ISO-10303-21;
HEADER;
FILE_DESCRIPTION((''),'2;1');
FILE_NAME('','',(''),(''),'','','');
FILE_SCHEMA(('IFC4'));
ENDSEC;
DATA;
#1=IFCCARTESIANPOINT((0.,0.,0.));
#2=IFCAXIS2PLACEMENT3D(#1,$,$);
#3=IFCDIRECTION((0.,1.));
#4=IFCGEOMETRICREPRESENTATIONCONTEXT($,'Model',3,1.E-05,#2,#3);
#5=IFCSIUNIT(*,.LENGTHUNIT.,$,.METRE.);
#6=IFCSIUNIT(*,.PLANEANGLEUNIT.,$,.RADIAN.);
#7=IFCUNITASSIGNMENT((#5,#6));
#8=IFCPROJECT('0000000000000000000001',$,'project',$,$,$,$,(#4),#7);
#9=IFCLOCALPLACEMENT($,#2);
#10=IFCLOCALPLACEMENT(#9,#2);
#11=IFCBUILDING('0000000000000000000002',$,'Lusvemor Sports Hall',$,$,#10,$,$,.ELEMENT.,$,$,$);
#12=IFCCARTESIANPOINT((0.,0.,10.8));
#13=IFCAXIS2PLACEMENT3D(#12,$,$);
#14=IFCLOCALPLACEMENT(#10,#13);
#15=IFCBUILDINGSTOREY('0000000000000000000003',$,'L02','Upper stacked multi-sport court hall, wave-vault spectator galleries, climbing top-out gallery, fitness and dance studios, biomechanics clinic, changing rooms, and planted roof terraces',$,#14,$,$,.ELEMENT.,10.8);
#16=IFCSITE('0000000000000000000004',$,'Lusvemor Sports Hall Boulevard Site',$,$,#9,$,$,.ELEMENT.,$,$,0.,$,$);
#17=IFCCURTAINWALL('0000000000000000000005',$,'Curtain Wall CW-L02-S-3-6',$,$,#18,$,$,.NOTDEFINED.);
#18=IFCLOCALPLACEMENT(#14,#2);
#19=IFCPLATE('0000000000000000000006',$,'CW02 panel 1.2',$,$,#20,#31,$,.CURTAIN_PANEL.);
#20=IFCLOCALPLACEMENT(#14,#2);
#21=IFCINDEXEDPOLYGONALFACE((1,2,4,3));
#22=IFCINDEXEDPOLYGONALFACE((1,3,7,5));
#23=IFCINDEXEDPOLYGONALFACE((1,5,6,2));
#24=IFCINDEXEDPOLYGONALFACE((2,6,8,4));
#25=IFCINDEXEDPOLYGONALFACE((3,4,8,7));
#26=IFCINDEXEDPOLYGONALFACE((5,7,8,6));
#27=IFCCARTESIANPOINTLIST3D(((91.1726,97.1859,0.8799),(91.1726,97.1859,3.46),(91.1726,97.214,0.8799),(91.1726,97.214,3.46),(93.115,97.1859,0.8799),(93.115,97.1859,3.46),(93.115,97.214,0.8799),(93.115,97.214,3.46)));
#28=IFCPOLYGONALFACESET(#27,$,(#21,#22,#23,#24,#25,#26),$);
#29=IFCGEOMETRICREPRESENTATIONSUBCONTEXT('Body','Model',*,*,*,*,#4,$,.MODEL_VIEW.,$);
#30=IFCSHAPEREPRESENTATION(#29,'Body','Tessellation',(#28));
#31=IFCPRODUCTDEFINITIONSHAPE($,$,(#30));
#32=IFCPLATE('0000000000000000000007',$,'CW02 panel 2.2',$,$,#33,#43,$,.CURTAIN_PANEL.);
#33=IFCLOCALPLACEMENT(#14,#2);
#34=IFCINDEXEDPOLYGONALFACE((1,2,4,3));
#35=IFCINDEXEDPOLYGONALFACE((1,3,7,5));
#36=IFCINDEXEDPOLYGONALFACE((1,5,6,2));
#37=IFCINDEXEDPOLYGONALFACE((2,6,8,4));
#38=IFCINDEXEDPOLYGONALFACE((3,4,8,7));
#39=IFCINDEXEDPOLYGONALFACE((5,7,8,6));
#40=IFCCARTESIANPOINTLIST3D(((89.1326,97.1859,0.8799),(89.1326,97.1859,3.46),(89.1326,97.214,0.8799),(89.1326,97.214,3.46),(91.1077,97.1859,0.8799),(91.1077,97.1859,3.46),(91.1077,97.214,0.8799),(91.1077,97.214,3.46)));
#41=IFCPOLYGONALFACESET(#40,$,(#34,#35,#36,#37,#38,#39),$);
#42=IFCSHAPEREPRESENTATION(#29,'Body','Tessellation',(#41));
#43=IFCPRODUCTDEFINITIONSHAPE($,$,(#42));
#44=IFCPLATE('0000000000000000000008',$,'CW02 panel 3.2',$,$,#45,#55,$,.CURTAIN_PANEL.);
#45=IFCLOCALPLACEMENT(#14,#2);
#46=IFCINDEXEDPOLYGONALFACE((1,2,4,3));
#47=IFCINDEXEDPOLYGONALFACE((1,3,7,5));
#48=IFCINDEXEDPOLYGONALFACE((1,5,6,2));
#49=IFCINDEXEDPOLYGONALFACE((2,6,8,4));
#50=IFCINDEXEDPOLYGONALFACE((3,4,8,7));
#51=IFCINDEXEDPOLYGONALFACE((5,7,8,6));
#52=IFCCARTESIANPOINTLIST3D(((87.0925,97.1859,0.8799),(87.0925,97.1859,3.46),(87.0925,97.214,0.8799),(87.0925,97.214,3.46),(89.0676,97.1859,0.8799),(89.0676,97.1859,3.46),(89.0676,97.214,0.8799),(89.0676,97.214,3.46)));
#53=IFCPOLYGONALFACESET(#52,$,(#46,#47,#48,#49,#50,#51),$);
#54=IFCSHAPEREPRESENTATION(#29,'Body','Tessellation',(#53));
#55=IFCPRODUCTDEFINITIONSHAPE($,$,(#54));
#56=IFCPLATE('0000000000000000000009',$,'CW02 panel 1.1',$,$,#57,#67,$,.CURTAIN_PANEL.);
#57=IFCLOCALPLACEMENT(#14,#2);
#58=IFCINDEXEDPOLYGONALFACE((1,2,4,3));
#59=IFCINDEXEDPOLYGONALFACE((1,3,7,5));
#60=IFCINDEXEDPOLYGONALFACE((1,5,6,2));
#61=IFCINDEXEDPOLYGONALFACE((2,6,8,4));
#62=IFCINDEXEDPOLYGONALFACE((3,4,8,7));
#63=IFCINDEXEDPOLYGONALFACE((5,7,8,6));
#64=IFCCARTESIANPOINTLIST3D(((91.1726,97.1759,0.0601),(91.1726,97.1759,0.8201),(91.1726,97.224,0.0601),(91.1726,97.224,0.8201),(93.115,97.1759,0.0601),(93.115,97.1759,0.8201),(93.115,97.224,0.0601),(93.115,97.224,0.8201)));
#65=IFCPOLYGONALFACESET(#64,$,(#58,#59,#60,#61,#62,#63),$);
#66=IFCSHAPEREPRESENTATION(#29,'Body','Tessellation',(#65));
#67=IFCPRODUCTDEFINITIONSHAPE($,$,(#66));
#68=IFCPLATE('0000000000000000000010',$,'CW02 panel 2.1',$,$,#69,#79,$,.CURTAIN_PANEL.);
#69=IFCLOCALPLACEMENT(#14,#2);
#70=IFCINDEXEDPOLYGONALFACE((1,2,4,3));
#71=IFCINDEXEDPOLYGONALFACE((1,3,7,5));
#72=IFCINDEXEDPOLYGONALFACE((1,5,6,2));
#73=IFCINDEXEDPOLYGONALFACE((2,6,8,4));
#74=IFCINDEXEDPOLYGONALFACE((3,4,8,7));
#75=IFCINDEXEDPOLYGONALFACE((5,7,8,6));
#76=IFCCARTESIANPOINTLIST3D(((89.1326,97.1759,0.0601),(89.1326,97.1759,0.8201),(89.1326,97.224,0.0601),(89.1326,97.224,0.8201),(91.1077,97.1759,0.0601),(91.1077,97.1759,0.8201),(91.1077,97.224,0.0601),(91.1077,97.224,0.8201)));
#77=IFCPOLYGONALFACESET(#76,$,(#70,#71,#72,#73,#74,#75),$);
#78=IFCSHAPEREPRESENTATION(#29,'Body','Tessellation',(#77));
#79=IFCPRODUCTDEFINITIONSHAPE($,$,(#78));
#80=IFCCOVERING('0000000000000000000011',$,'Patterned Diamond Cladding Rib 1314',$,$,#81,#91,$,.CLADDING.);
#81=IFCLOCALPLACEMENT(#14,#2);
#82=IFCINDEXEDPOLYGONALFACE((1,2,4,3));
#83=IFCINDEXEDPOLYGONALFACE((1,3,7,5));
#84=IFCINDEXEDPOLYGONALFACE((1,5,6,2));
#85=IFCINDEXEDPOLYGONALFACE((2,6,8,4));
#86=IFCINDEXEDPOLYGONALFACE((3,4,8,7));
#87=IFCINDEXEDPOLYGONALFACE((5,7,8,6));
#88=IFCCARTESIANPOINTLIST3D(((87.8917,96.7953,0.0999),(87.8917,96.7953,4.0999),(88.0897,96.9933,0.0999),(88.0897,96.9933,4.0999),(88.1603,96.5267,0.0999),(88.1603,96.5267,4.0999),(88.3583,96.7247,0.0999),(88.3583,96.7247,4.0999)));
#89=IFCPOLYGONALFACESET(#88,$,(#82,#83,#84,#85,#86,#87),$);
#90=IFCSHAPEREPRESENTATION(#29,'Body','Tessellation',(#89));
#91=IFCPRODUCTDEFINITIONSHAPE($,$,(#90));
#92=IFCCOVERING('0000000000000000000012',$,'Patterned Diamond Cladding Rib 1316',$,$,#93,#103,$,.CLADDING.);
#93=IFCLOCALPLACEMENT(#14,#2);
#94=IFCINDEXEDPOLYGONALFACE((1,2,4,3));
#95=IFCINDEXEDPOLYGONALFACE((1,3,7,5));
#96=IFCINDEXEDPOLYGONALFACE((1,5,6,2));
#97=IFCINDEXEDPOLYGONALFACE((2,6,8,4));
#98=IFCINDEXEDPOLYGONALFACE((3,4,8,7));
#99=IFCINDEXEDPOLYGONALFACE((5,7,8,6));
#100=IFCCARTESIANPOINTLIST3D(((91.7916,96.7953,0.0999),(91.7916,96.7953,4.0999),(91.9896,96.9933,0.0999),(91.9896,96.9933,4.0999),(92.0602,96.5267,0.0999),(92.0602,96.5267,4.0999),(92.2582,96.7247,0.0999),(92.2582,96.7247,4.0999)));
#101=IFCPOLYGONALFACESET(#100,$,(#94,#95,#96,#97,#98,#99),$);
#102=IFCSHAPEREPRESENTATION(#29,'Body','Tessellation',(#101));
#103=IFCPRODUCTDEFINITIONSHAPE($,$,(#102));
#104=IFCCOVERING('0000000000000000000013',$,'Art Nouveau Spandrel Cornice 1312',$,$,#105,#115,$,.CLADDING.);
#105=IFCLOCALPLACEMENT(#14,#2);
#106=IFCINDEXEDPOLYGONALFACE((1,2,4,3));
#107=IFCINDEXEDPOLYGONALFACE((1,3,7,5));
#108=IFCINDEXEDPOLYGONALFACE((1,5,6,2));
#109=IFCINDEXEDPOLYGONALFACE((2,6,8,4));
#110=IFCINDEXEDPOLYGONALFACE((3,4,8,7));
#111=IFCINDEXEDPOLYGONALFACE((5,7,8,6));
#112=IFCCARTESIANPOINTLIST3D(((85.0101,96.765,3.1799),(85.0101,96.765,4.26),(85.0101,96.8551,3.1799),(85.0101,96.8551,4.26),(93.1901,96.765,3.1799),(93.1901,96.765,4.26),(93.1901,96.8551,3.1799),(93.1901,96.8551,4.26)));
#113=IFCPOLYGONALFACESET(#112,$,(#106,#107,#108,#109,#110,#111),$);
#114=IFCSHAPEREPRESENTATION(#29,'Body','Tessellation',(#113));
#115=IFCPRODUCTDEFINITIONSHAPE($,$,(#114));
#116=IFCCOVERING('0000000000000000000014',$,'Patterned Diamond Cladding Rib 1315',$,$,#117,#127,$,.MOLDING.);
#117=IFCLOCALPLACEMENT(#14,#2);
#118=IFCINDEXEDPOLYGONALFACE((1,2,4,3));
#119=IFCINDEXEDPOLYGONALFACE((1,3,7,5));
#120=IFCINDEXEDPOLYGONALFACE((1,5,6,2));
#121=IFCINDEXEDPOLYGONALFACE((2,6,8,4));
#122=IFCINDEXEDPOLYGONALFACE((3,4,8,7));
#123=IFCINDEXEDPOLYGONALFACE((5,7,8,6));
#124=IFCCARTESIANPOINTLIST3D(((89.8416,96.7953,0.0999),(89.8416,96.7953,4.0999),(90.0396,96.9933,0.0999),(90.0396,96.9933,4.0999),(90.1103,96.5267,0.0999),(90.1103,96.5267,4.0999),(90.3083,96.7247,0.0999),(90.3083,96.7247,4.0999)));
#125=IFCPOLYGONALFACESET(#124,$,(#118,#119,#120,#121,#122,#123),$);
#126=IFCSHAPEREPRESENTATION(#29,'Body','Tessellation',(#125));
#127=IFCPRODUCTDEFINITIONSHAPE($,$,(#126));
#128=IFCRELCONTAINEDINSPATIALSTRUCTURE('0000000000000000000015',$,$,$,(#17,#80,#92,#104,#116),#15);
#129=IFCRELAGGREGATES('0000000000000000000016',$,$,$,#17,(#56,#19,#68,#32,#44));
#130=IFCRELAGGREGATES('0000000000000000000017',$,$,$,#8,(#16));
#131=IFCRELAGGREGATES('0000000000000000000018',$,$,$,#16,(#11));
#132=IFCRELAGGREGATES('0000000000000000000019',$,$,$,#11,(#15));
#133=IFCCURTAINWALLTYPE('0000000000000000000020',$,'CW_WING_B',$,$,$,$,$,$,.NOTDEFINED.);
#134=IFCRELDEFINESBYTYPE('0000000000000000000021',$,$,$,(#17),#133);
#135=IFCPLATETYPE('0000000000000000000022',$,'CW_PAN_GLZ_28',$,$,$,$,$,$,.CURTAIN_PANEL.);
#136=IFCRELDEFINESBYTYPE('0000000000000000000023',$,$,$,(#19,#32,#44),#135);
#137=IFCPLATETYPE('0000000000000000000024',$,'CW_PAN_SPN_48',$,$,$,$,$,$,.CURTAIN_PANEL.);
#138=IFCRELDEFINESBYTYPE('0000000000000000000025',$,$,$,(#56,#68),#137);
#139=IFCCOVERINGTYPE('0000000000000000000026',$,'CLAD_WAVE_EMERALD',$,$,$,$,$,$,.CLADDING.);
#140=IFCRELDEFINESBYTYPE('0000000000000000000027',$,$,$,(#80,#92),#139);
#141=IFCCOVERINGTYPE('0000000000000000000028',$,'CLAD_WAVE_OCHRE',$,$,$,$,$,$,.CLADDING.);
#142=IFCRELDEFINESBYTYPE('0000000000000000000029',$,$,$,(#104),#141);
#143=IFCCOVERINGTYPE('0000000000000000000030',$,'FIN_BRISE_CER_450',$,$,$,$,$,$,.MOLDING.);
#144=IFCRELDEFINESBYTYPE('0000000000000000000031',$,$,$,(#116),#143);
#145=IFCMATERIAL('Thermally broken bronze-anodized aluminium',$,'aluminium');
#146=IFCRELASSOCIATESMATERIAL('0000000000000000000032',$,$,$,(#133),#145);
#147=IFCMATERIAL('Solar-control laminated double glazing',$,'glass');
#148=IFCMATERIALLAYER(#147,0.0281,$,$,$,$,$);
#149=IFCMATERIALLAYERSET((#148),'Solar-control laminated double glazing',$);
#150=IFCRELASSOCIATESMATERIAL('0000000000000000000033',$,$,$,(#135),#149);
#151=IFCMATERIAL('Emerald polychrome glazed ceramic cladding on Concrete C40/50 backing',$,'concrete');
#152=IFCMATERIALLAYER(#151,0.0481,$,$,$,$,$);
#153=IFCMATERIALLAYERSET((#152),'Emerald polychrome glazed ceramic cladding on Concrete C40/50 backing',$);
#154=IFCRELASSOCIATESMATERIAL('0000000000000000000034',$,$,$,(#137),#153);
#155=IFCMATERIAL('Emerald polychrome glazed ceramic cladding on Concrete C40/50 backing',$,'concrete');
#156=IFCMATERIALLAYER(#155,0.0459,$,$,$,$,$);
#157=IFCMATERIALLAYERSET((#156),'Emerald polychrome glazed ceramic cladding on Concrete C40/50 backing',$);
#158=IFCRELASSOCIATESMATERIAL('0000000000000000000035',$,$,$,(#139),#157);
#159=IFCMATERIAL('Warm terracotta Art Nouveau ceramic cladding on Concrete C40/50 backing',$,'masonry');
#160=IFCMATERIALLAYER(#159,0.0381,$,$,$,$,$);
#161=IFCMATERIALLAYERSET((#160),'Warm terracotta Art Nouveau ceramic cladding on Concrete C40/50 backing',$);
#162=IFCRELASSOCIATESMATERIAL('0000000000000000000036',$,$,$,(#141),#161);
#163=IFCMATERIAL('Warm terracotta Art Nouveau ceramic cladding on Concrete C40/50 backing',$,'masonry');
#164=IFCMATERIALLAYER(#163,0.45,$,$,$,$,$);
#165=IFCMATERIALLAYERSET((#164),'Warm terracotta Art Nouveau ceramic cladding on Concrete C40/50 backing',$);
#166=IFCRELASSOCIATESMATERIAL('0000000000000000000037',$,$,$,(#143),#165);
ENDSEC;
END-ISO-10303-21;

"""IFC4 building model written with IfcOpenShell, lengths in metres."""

from ifc_helpers import new_model, si_unit, direction, frame, origin, origin_2d, place, context, subcontext, project, spatial, rectangle, extrude, material, layer, layer_set, type_object, element, aggregate, save


model = new_model("IFC4")

# Units and contexts
model_context = context("Model", 3, precision=1e-05, world=origin(), true_north=direction((0.0, 1.0)))
body_context = subcontext(model_context, "Body", "Model", "MODEL_VIEW")
ifc_project = project(units=[si_unit("LENGTHUNIT", "METRE"), si_unit("PLANEANGLEUNIT", "RADIAN")], contexts=[model_context])

# Site, building, storey
site_placement = place(None, origin())
site = spatial("IfcSite", under=ifc_project, at=site_placement, Name="Lusvemor Sports Hall Boulevard Site", CompositionType="ELEMENT", RefElevation=0.0)
building_placement = place(site_placement, origin())
building = spatial("IfcBuilding", under=site, at=building_placement, Name="Lusvemor Sports Hall", CompositionType="ELEMENT")
storey_placement = place(building_placement, frame((0.0, 0.0, 10.8)))
storey = spatial("IfcBuildingStorey", under=building, at=storey_placement, Name="L02", Description="Upper stacked multi-sport court hall, wave-vault spectator galleries, climbing top-out gallery, fitness and dance studios, biomechanics clinic, changing rooms, and planted roof terraces", CompositionType="ELEMENT", Elevation=10.8)

# Curtain wall
ifc_material_1 = material(Name="Thermally broken bronze-anodized aluminium", Category="aluminium")
curtain_wall_type = type_object("IfcCurtainWallType", Name="CW_WING_B", PredefinedType="NOTDEFINED", material=ifc_material_1)
curtain_wall_placement = place(storey_placement, origin())
curtain_wall = element("IfcCurtainWall", 1, at=curtain_wall_placement, inside=storey, type_object=curtain_wall_type, Name="Curtain Wall CW-L02-S-3-6", PredefinedType="NOTDEFINED")

# Plates
ifc_material_2 = material(Name="Solar-control laminated double glazing", Category="glass")
ifc_layer_1 = layer(ifc_material_2, 0.0281)
ifc_layer_set_1 = layer_set([ifc_layer_1], Name="Solar-control laminated double glazing")
plate_type_1 = type_object("IfcPlateType", Name="CW_PAN_GLZ_28", PredefinedType="CURTAIN_PANEL", material=ifc_layer_set_1)
plate_1_placement = place(storey_placement, frame((92.1438, 97.2, 0.8799), z_axis=(0.0, 0.0, 1.0), x_axis=(-1.0, 0.0, 0.0)))
plate_1 = element("IfcPlate", 2, at=plate_1_placement, type_object=plate_type_1, Name="CW02 panel 1.2", PredefinedType="CURTAIN_PANEL", context=body_context, shape_type="SweptSolid", body=[
    extrude(rectangle(XDim=1.9424, YDim=0.0281, at=origin_2d()), origin(), (0.0, 0.0, 1.0), 2.5801),
])
plate_2_placement = place(storey_placement, frame((90.1201, 97.2, 0.8799), z_axis=(0.0, 0.0, 1.0), x_axis=(-1.0, 0.0, 0.0)))
plate_2 = element("IfcPlate", 3, at=plate_2_placement, type_object=plate_type_1, Name="CW02 panel 2.2", PredefinedType="CURTAIN_PANEL", context=body_context, shape_type="SweptSolid", body=[
    extrude(rectangle(XDim=1.9751, YDim=0.0281, at=origin_2d()), origin(), (0.0, 0.0, 1.0), 2.5801),
])
plate_3_placement = place(storey_placement, frame((88.0801, 97.2, 0.8799), z_axis=(0.0, 0.0, 1.0), x_axis=(-1.0, 0.0, 0.0)))
plate_3 = element("IfcPlate", 4, at=plate_3_placement, type_object=plate_type_1, Name="CW02 panel 3.2", PredefinedType="CURTAIN_PANEL", context=body_context, shape_type="SweptSolid", body=[
    extrude(rectangle(XDim=1.9751, YDim=0.0281, at=origin_2d()), origin(), (0.0, 0.0, 1.0), 2.5801),
])
ifc_material_3 = material(Name="Emerald polychrome glazed ceramic cladding on Concrete C40/50 backing", Category="concrete")
ifc_layer_2 = layer(ifc_material_3, 0.0481)
ifc_layer_set_2 = layer_set([ifc_layer_2], Name="Emerald polychrome glazed ceramic cladding on Concrete C40/50 backing")
plate_type_2 = type_object("IfcPlateType", Name="CW_PAN_SPN_48", PredefinedType="CURTAIN_PANEL", material=ifc_layer_set_2)
plate_4_placement = place(storey_placement, frame((92.1438, 97.2, 0.0601), z_axis=(0.0, 0.0, 1.0), x_axis=(-1.0, 0.0, 0.0)))
plate_4 = element("IfcPlate", 5, at=plate_4_placement, type_object=plate_type_2, Name="CW02 panel 1.1", PredefinedType="CURTAIN_PANEL", context=body_context, shape_type="SweptSolid", body=[
    extrude(rectangle(XDim=1.9424, YDim=0.0481, at=origin_2d()), origin(), (0.0, 0.0, 1.0), 0.76),
])
plate_5_placement = place(storey_placement, frame((90.1201, 97.2, 0.0601), z_axis=(0.0, 0.0, 1.0), x_axis=(-1.0, 0.0, 0.0)))
plate_5 = element("IfcPlate", 6, at=plate_5_placement, type_object=plate_type_2, Name="CW02 panel 2.1", PredefinedType="CURTAIN_PANEL", context=body_context, shape_type="SweptSolid", body=[
    extrude(rectangle(XDim=1.9751, YDim=0.0481, at=origin_2d()), origin(), (0.0, 0.0, 1.0), 0.76),
])
aggregate(curtain_wall, [plate_4, plate_1, plate_5, plate_2, plate_3])

# Coverings
ifc_material_4 = material(Name="Emerald polychrome glazed ceramic cladding on Concrete C40/50 backing", Category="concrete")
ifc_layer_3 = layer(ifc_material_4, 0.0459)
ifc_layer_set_3 = layer_set([ifc_layer_3], Name="Emerald polychrome glazed ceramic cladding on Concrete C40/50 backing")
covering_type_1 = type_object("IfcCoveringType", Name="CLAD_WAVE_EMERALD", PredefinedType="CLADDING", material=ifc_layer_set_3)
for number, where, z_axis, x_axis, name in (
    (7, (88.125, 96.76, 0.0999), (0.0, 0.0, 1.0), (0.707107, 0.707107, 0.0), "Patterned Diamond Cladding Rib 1314"),
    (8, (92.0249, 96.76, 0.0999), (0.0, 0.0, 1.0), (0.707107, 0.707107, 0.0), "Patterned Diamond Cladding Rib 1316"),
):
    element("IfcCovering", number, at=place(storey_placement, frame(where, z_axis=z_axis, x_axis=x_axis)), inside=storey, type_object=covering_type_1, Name=name, PredefinedType="CLADDING", context=body_context, shape_type="SweptSolid", body=[
        extrude(rectangle(XDim=0.28, YDim=0.3799, at=origin_2d()), origin(), (0.0, 0.0, 1.0), 4.0),
    ])
ifc_material_5 = material(Name="Warm terracotta Art Nouveau ceramic cladding on Concrete C40/50 backing", Category="masonry")
ifc_layer_4 = layer(ifc_material_5, 0.0381)
ifc_layer_set_4 = layer_set([ifc_layer_4], Name="Warm terracotta Art Nouveau ceramic cladding on Concrete C40/50 backing")
covering_type_2 = type_object("IfcCoveringType", Name="CLAD_WAVE_OCHRE", PredefinedType="CLADDING", material=ifc_layer_set_4)
covering_1_placement = place(storey_placement, frame((89.1001, 96.8101, 3.1799), z_axis=(0.0, 0.0, 1.0), x_axis=(1.0, 0.0, 0.0)))
element("IfcCovering", 9, at=covering_1_placement, inside=storey, type_object=covering_type_2, Name="Art Nouveau Spandrel Cornice 1312", PredefinedType="CLADDING", context=body_context, shape_type="SweptSolid", body=[
    extrude(rectangle(XDim=8.1799, YDim=0.0901, at=origin_2d()), origin(), (0.0, 0.0, 1.0), 1.0801),
])
ifc_material_6 = material(Name="Warm terracotta Art Nouveau ceramic cladding on Concrete C40/50 backing", Category="masonry")
ifc_layer_5 = layer(ifc_material_6, 0.45)
ifc_layer_set_5 = layer_set([ifc_layer_5], Name="Warm terracotta Art Nouveau ceramic cladding on Concrete C40/50 backing")
covering_type_3 = type_object("IfcCoveringType", Name="FIN_BRISE_CER_450", PredefinedType="MOLDING", material=ifc_layer_set_5)
covering_2_placement = place(storey_placement, frame((90.075, 96.76, 0.0999), z_axis=(0.0, 0.0, 1.0), x_axis=(0.707107, 0.707107, 0.0)))
element("IfcCovering", 10, at=covering_2_placement, inside=storey, type_object=covering_type_3, Name="Patterned Diamond Cladding Rib 1315", PredefinedType="MOLDING", context=body_context, shape_type="SweptSolid", body=[
    extrude(rectangle(XDim=0.28, YDim=0.3799, at=origin_2d()), origin(), (0.0, 0.0, 1.0), 4.0),
])

save(model, "model.ifc")
